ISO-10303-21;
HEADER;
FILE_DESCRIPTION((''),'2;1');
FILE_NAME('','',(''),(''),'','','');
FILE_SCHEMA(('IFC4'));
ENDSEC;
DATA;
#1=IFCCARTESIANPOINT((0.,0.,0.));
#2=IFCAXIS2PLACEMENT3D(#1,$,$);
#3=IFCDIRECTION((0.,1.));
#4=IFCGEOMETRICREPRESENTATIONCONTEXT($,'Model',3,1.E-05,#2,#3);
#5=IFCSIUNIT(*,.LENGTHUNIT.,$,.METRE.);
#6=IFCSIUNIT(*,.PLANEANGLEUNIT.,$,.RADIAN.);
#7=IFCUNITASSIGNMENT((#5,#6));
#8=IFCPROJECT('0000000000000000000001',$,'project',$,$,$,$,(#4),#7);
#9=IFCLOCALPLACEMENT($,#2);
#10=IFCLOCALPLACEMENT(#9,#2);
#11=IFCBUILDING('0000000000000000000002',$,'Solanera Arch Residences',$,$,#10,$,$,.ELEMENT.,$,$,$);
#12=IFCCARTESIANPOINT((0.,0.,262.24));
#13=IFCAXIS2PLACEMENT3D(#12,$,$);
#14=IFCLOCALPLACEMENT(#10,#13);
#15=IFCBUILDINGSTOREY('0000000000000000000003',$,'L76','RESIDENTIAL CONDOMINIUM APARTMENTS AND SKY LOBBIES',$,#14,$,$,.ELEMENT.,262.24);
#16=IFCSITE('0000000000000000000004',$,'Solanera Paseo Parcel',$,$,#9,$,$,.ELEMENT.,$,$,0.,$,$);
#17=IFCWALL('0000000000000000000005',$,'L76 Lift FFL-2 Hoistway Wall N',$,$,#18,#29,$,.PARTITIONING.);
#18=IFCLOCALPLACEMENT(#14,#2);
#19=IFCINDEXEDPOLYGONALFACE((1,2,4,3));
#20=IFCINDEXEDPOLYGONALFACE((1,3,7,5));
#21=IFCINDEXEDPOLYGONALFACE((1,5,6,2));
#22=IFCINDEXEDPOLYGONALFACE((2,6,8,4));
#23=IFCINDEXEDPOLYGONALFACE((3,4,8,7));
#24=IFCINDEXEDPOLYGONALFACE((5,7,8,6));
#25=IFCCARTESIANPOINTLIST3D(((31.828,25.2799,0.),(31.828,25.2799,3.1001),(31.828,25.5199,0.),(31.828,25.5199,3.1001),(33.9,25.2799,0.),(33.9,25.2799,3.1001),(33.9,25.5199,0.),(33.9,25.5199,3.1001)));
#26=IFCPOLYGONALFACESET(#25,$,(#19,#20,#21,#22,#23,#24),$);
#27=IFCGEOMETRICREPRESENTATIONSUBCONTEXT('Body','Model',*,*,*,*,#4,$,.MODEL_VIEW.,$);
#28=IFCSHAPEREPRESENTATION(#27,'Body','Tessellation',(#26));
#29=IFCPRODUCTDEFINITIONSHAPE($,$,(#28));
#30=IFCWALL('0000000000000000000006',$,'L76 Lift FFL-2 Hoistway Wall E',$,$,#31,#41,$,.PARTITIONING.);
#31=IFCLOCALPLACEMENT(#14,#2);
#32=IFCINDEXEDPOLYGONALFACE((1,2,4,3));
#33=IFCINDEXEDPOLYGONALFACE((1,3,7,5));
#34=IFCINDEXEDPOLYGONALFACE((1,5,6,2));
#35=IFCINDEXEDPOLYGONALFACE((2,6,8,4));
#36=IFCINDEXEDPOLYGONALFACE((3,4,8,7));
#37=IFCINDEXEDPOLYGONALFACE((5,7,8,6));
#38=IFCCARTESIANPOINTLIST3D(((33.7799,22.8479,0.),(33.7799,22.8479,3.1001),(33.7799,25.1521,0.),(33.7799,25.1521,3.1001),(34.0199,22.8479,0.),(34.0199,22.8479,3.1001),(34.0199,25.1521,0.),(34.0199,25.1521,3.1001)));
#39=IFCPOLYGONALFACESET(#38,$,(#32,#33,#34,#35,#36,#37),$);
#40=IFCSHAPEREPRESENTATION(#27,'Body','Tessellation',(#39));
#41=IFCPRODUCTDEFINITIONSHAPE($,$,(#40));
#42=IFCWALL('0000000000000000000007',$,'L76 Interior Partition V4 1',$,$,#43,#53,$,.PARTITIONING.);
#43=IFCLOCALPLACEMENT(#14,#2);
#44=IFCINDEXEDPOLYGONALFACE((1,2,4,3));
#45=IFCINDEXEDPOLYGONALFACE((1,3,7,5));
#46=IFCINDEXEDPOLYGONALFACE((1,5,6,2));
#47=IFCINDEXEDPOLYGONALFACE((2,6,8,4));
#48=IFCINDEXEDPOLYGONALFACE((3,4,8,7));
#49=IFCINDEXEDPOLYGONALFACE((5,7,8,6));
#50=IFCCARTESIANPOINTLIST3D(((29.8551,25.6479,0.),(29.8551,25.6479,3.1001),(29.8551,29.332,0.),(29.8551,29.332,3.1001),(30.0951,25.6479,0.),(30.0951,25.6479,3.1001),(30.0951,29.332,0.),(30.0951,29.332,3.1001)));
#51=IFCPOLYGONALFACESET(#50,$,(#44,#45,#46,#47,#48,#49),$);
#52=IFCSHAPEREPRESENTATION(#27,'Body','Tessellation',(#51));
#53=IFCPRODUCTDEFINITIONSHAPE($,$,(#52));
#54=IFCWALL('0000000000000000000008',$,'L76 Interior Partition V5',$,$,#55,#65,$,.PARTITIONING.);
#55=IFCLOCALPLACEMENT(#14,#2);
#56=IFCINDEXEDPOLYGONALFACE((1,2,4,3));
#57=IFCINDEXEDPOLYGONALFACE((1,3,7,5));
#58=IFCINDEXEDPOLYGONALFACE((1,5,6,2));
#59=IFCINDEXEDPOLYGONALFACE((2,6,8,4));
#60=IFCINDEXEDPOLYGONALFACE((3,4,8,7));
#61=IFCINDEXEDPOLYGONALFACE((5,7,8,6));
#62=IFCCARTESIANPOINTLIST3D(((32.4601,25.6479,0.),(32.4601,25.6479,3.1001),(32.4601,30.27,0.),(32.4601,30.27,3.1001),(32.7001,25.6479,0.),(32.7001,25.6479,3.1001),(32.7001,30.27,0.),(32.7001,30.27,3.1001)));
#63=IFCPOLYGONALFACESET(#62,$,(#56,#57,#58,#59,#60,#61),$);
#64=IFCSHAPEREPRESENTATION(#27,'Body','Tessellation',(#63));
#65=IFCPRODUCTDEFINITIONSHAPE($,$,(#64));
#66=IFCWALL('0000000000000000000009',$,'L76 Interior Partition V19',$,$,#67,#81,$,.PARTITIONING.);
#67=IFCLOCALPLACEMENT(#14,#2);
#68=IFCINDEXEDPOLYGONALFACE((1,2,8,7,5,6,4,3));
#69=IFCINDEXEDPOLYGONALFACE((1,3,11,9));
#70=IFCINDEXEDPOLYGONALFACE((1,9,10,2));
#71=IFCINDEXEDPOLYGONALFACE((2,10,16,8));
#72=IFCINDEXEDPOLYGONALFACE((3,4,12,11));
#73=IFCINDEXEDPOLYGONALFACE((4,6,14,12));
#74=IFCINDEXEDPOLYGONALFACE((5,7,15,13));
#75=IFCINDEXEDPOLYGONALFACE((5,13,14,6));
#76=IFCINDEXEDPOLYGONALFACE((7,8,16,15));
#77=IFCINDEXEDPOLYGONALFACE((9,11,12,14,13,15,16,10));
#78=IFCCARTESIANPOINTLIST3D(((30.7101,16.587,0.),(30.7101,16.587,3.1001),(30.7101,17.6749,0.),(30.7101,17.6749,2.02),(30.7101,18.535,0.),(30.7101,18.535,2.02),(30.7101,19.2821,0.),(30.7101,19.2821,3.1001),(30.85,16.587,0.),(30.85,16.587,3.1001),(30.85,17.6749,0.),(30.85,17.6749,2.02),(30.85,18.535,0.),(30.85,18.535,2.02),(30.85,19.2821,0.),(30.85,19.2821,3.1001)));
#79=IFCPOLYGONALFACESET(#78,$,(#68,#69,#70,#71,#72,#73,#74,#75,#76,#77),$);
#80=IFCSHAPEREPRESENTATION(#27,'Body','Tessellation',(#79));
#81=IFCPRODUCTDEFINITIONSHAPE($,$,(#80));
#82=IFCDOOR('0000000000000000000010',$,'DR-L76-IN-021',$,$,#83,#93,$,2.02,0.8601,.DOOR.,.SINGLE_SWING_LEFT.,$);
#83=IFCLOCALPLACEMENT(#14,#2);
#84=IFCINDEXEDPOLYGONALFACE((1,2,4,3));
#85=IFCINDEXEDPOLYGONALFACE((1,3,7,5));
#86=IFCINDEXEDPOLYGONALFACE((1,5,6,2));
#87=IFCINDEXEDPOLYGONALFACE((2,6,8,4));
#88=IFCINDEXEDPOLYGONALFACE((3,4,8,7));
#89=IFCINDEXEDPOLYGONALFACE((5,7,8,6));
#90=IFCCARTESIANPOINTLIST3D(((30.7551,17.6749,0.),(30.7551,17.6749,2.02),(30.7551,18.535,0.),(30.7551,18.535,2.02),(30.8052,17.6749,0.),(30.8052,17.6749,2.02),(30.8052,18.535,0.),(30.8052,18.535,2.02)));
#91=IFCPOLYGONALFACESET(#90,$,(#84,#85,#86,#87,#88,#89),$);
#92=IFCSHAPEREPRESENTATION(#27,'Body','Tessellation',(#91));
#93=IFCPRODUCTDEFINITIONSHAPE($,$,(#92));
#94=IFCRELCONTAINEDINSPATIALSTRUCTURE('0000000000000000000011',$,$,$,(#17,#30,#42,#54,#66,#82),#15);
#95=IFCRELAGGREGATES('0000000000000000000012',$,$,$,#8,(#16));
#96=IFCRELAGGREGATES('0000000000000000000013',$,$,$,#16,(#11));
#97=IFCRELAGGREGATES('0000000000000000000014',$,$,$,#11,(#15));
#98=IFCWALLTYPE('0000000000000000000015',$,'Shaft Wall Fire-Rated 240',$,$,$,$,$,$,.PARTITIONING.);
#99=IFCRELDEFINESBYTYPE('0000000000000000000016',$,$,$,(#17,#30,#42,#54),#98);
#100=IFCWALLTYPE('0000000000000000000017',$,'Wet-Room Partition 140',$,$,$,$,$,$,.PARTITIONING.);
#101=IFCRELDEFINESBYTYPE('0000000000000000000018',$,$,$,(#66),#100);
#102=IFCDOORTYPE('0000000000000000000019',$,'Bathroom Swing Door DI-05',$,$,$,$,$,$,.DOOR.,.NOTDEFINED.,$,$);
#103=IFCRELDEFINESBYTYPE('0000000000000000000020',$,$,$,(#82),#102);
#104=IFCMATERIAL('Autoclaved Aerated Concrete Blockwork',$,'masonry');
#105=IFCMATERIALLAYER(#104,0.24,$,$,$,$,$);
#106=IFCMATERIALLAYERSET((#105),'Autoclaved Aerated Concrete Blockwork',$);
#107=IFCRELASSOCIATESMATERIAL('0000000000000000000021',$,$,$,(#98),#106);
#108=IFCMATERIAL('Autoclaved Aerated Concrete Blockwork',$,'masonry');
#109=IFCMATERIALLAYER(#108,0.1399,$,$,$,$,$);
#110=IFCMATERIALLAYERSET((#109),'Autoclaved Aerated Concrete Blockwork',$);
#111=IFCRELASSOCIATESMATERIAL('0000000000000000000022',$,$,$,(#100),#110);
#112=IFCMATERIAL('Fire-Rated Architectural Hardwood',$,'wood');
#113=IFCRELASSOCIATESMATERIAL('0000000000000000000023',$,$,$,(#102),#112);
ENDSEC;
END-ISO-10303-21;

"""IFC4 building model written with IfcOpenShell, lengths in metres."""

from ifc_helpers import new_model, si_unit, direction, frame, frame_2d, origin, place, context, subcontext, project, spatial, rectangle, extrude, material, layer, layer_set, type_object, element, fill, save


model = new_model("IFC4")

# Units and contexts
model_context = context("Model", 3, precision=1e-05, world=origin(), true_north=direction((0.0, 1.0)))
body_context = subcontext(model_context, "Body", "Model", "MODEL_VIEW")
ifc_project = project(units=[si_unit("LENGTHUNIT", "METRE"), si_unit("PLANEANGLEUNIT", "RADIAN")], contexts=[model_context])

# Site, building, storey
site_placement = place(None, origin())
site = spatial("IfcSite", under=ifc_project, at=site_placement, Name="Solanera Paseo Parcel", CompositionType="ELEMENT", RefElevation=0.0)
building_placement = place(site_placement, origin())
building = spatial("IfcBuilding", under=site, at=building_placement, Name="Solanera Arch Residences", CompositionType="ELEMENT")
storey_placement = place(building_placement, frame((0.0, 0.0, 262.24)))
storey = spatial("IfcBuildingStorey", under=building, at=storey_placement, Name="L76", Description="RESIDENTIAL CONDOMINIUM APARTMENTS AND SKY LOBBIES", CompositionType="ELEMENT", Elevation=262.24)

# Walls
ifc_material_1 = material(Name="Autoclaved Aerated Concrete Blockwork", Category="masonry")
ifc_layer_1 = layer(ifc_material_1, 0.24)
ifc_layer_set_1 = layer_set([ifc_layer_1], Name="Autoclaved Aerated Concrete Blockwork")
wall_type_1 = type_object("IfcWallType", Name="Shaft Wall Fire-Rated 240", PredefinedType="PARTITIONING", material=ifc_layer_set_1)
for number, where, z_axis, x_axis, name in (
    (1, (31.8279, 25.3999, 0.0), (0.0, 0.0, 1.0), (1.0, 0.0, 0.0), "L76 Lift FFL-2 Hoistway Wall N"),
):
    element("IfcWall", number, at=place(storey_placement, frame(where, z_axis=z_axis, x_axis=x_axis)), inside=storey, type_object=wall_type_1, Name=name, PredefinedType="PARTITIONING", context=body_context, shape_type="SweptSolid", body=[
        extrude(rectangle(XDim=2.072, YDim=0.24, at=frame_2d((1.0361, 0.0))), origin(), (0.0, 0.0, 1.0), 3.1001),
    ])
wall_1_placement = place(storey_placement, frame((33.8999, 22.8479, 0.0), z_axis=(0.0, 0.0, 1.0), x_axis=(0.0, 1.0, 0.0)))
element("IfcWall", 2, at=wall_1_placement, inside=storey, type_object=wall_type_1, Name="L76 Lift FFL-2 Hoistway Wall E", PredefinedType="PARTITIONING", context=body_context, shape_type="SweptSolid", body=[
    extrude(rectangle(XDim=2.3042, YDim=0.24, at=frame_2d((1.1521, 0.0))), origin(), (0.0, 0.0, 1.0), 3.1001),
])
wall_2_placement = place(storey_placement, frame((29.9751, 25.6479, 0.0), z_axis=(0.0, 0.0, 1.0), x_axis=(0.0, 1.0, 0.0)))
element("IfcWall", 3, at=wall_2_placement, inside=storey, type_object=wall_type_1, Name="L76 Interior Partition V4 1", PredefinedType="PARTITIONING", context=body_context, shape_type="SweptSolid", body=[
    extrude(rectangle(XDim=3.6841, YDim=0.24, at=frame_2d((1.842, 0.0))), origin(), (0.0, 0.0, 1.0), 3.1001),
])

# Wall
wall_3_placement = place(storey_placement, frame((32.5801, 25.6479, 0.0), z_axis=(0.0, 0.0, 1.0), x_axis=(0.0, 1.0, 0.0)))
element("IfcWall", 4, at=wall_3_placement, inside=storey, type_object=wall_type_1, Name="L76 Interior Partition V5", PredefinedType="PARTITIONING", context=body_context, shape_type="SweptSolid", body=[
    extrude(rectangle(XDim=4.6221, YDim=0.24, at=frame_2d((2.311, 0.0))), origin(), (0.0, 0.0, 1.0), 3.1001),
])

# Wall, opening, door
ifc_material_2 = material(Name="Autoclaved Aerated Concrete Blockwork", Category="masonry")
ifc_layer_2 = layer(ifc_material_2, 0.1399)
ifc_layer_set_2 = layer_set([ifc_layer_2], Name="Autoclaved Aerated Concrete Blockwork")
wall_type_2 = type_object("IfcWallType", Name="Wet-Room Partition 140", PredefinedType="PARTITIONING", material=ifc_layer_set_2)
wall_4_placement = place(storey_placement, frame((30.78, 16.5869, 0.0), z_axis=(0.0, 0.0, 1.0), x_axis=(0.0, 1.0, 0.0)))
wall_4 = element("IfcWall", 5, at=wall_4_placement, inside=storey, type_object=wall_type_2, Name="L76 Interior Partition V19", PredefinedType="PARTITIONING", context=body_context, shape_type="SweptSolid", body=[
    extrude(rectangle(XDim=2.6951, YDim=0.1399, at=frame_2d((1.3477, 0.0))), origin(), (0.0, 0.0, 1.0), 3.1001),
])
opening_1_placement = place(wall_4_placement, frame((1.0879, 0.0, 0.0)))
opening_1 = element("IfcOpeningElement", 6, at=opening_1_placement, cuts=wall_4, PredefinedType="OPENING", context=body_context, shape_type="SweptSolid", body=[
    extrude(rectangle(XDim=0.8601, YDim=2.02, at=frame_2d((0.4302, 1.01))), frame((0.0, 0.0798, 0.0), z_axis=(0.0, -1.0, 0.0), x_axis=(1.0, 0.0, 0.0)), (0.0, 0.0, 1.0), 0.1599),
])
ifc_material_3 = material(Name="Fire-Rated Architectural Hardwood", Category="wood")
door_type_1 = type_object("IfcDoorType", Name="Bathroom Swing Door DI-05", OperationType="NOTDEFINED", PredefinedType="DOOR", material=ifc_material_3)
door_1_placement = place(opening_1_placement, origin())
door_1 = element("IfcDoor", 7, at=door_1_placement, inside=storey, type_object=door_type_1, Name="DR-L76-IN-021", OperationType="SINGLE_SWING_LEFT", OverallHeight=2.02, OverallWidth=0.8601, PredefinedType="DOOR", context=body_context, shape_type="SweptSolid", body=[
    extrude(rectangle(XDim=0.8601, YDim=2.02, at=frame_2d((0.4302, 1.01))), frame((0.0, 0.0249, 0.0), z_axis=(0.0, -1.0, 0.0), x_axis=(1.0, 0.0, 0.0)), (0.0, 0.0, 1.0), 0.05),
])
fill(opening_1, door_1)

save(model, "model.ifc")
